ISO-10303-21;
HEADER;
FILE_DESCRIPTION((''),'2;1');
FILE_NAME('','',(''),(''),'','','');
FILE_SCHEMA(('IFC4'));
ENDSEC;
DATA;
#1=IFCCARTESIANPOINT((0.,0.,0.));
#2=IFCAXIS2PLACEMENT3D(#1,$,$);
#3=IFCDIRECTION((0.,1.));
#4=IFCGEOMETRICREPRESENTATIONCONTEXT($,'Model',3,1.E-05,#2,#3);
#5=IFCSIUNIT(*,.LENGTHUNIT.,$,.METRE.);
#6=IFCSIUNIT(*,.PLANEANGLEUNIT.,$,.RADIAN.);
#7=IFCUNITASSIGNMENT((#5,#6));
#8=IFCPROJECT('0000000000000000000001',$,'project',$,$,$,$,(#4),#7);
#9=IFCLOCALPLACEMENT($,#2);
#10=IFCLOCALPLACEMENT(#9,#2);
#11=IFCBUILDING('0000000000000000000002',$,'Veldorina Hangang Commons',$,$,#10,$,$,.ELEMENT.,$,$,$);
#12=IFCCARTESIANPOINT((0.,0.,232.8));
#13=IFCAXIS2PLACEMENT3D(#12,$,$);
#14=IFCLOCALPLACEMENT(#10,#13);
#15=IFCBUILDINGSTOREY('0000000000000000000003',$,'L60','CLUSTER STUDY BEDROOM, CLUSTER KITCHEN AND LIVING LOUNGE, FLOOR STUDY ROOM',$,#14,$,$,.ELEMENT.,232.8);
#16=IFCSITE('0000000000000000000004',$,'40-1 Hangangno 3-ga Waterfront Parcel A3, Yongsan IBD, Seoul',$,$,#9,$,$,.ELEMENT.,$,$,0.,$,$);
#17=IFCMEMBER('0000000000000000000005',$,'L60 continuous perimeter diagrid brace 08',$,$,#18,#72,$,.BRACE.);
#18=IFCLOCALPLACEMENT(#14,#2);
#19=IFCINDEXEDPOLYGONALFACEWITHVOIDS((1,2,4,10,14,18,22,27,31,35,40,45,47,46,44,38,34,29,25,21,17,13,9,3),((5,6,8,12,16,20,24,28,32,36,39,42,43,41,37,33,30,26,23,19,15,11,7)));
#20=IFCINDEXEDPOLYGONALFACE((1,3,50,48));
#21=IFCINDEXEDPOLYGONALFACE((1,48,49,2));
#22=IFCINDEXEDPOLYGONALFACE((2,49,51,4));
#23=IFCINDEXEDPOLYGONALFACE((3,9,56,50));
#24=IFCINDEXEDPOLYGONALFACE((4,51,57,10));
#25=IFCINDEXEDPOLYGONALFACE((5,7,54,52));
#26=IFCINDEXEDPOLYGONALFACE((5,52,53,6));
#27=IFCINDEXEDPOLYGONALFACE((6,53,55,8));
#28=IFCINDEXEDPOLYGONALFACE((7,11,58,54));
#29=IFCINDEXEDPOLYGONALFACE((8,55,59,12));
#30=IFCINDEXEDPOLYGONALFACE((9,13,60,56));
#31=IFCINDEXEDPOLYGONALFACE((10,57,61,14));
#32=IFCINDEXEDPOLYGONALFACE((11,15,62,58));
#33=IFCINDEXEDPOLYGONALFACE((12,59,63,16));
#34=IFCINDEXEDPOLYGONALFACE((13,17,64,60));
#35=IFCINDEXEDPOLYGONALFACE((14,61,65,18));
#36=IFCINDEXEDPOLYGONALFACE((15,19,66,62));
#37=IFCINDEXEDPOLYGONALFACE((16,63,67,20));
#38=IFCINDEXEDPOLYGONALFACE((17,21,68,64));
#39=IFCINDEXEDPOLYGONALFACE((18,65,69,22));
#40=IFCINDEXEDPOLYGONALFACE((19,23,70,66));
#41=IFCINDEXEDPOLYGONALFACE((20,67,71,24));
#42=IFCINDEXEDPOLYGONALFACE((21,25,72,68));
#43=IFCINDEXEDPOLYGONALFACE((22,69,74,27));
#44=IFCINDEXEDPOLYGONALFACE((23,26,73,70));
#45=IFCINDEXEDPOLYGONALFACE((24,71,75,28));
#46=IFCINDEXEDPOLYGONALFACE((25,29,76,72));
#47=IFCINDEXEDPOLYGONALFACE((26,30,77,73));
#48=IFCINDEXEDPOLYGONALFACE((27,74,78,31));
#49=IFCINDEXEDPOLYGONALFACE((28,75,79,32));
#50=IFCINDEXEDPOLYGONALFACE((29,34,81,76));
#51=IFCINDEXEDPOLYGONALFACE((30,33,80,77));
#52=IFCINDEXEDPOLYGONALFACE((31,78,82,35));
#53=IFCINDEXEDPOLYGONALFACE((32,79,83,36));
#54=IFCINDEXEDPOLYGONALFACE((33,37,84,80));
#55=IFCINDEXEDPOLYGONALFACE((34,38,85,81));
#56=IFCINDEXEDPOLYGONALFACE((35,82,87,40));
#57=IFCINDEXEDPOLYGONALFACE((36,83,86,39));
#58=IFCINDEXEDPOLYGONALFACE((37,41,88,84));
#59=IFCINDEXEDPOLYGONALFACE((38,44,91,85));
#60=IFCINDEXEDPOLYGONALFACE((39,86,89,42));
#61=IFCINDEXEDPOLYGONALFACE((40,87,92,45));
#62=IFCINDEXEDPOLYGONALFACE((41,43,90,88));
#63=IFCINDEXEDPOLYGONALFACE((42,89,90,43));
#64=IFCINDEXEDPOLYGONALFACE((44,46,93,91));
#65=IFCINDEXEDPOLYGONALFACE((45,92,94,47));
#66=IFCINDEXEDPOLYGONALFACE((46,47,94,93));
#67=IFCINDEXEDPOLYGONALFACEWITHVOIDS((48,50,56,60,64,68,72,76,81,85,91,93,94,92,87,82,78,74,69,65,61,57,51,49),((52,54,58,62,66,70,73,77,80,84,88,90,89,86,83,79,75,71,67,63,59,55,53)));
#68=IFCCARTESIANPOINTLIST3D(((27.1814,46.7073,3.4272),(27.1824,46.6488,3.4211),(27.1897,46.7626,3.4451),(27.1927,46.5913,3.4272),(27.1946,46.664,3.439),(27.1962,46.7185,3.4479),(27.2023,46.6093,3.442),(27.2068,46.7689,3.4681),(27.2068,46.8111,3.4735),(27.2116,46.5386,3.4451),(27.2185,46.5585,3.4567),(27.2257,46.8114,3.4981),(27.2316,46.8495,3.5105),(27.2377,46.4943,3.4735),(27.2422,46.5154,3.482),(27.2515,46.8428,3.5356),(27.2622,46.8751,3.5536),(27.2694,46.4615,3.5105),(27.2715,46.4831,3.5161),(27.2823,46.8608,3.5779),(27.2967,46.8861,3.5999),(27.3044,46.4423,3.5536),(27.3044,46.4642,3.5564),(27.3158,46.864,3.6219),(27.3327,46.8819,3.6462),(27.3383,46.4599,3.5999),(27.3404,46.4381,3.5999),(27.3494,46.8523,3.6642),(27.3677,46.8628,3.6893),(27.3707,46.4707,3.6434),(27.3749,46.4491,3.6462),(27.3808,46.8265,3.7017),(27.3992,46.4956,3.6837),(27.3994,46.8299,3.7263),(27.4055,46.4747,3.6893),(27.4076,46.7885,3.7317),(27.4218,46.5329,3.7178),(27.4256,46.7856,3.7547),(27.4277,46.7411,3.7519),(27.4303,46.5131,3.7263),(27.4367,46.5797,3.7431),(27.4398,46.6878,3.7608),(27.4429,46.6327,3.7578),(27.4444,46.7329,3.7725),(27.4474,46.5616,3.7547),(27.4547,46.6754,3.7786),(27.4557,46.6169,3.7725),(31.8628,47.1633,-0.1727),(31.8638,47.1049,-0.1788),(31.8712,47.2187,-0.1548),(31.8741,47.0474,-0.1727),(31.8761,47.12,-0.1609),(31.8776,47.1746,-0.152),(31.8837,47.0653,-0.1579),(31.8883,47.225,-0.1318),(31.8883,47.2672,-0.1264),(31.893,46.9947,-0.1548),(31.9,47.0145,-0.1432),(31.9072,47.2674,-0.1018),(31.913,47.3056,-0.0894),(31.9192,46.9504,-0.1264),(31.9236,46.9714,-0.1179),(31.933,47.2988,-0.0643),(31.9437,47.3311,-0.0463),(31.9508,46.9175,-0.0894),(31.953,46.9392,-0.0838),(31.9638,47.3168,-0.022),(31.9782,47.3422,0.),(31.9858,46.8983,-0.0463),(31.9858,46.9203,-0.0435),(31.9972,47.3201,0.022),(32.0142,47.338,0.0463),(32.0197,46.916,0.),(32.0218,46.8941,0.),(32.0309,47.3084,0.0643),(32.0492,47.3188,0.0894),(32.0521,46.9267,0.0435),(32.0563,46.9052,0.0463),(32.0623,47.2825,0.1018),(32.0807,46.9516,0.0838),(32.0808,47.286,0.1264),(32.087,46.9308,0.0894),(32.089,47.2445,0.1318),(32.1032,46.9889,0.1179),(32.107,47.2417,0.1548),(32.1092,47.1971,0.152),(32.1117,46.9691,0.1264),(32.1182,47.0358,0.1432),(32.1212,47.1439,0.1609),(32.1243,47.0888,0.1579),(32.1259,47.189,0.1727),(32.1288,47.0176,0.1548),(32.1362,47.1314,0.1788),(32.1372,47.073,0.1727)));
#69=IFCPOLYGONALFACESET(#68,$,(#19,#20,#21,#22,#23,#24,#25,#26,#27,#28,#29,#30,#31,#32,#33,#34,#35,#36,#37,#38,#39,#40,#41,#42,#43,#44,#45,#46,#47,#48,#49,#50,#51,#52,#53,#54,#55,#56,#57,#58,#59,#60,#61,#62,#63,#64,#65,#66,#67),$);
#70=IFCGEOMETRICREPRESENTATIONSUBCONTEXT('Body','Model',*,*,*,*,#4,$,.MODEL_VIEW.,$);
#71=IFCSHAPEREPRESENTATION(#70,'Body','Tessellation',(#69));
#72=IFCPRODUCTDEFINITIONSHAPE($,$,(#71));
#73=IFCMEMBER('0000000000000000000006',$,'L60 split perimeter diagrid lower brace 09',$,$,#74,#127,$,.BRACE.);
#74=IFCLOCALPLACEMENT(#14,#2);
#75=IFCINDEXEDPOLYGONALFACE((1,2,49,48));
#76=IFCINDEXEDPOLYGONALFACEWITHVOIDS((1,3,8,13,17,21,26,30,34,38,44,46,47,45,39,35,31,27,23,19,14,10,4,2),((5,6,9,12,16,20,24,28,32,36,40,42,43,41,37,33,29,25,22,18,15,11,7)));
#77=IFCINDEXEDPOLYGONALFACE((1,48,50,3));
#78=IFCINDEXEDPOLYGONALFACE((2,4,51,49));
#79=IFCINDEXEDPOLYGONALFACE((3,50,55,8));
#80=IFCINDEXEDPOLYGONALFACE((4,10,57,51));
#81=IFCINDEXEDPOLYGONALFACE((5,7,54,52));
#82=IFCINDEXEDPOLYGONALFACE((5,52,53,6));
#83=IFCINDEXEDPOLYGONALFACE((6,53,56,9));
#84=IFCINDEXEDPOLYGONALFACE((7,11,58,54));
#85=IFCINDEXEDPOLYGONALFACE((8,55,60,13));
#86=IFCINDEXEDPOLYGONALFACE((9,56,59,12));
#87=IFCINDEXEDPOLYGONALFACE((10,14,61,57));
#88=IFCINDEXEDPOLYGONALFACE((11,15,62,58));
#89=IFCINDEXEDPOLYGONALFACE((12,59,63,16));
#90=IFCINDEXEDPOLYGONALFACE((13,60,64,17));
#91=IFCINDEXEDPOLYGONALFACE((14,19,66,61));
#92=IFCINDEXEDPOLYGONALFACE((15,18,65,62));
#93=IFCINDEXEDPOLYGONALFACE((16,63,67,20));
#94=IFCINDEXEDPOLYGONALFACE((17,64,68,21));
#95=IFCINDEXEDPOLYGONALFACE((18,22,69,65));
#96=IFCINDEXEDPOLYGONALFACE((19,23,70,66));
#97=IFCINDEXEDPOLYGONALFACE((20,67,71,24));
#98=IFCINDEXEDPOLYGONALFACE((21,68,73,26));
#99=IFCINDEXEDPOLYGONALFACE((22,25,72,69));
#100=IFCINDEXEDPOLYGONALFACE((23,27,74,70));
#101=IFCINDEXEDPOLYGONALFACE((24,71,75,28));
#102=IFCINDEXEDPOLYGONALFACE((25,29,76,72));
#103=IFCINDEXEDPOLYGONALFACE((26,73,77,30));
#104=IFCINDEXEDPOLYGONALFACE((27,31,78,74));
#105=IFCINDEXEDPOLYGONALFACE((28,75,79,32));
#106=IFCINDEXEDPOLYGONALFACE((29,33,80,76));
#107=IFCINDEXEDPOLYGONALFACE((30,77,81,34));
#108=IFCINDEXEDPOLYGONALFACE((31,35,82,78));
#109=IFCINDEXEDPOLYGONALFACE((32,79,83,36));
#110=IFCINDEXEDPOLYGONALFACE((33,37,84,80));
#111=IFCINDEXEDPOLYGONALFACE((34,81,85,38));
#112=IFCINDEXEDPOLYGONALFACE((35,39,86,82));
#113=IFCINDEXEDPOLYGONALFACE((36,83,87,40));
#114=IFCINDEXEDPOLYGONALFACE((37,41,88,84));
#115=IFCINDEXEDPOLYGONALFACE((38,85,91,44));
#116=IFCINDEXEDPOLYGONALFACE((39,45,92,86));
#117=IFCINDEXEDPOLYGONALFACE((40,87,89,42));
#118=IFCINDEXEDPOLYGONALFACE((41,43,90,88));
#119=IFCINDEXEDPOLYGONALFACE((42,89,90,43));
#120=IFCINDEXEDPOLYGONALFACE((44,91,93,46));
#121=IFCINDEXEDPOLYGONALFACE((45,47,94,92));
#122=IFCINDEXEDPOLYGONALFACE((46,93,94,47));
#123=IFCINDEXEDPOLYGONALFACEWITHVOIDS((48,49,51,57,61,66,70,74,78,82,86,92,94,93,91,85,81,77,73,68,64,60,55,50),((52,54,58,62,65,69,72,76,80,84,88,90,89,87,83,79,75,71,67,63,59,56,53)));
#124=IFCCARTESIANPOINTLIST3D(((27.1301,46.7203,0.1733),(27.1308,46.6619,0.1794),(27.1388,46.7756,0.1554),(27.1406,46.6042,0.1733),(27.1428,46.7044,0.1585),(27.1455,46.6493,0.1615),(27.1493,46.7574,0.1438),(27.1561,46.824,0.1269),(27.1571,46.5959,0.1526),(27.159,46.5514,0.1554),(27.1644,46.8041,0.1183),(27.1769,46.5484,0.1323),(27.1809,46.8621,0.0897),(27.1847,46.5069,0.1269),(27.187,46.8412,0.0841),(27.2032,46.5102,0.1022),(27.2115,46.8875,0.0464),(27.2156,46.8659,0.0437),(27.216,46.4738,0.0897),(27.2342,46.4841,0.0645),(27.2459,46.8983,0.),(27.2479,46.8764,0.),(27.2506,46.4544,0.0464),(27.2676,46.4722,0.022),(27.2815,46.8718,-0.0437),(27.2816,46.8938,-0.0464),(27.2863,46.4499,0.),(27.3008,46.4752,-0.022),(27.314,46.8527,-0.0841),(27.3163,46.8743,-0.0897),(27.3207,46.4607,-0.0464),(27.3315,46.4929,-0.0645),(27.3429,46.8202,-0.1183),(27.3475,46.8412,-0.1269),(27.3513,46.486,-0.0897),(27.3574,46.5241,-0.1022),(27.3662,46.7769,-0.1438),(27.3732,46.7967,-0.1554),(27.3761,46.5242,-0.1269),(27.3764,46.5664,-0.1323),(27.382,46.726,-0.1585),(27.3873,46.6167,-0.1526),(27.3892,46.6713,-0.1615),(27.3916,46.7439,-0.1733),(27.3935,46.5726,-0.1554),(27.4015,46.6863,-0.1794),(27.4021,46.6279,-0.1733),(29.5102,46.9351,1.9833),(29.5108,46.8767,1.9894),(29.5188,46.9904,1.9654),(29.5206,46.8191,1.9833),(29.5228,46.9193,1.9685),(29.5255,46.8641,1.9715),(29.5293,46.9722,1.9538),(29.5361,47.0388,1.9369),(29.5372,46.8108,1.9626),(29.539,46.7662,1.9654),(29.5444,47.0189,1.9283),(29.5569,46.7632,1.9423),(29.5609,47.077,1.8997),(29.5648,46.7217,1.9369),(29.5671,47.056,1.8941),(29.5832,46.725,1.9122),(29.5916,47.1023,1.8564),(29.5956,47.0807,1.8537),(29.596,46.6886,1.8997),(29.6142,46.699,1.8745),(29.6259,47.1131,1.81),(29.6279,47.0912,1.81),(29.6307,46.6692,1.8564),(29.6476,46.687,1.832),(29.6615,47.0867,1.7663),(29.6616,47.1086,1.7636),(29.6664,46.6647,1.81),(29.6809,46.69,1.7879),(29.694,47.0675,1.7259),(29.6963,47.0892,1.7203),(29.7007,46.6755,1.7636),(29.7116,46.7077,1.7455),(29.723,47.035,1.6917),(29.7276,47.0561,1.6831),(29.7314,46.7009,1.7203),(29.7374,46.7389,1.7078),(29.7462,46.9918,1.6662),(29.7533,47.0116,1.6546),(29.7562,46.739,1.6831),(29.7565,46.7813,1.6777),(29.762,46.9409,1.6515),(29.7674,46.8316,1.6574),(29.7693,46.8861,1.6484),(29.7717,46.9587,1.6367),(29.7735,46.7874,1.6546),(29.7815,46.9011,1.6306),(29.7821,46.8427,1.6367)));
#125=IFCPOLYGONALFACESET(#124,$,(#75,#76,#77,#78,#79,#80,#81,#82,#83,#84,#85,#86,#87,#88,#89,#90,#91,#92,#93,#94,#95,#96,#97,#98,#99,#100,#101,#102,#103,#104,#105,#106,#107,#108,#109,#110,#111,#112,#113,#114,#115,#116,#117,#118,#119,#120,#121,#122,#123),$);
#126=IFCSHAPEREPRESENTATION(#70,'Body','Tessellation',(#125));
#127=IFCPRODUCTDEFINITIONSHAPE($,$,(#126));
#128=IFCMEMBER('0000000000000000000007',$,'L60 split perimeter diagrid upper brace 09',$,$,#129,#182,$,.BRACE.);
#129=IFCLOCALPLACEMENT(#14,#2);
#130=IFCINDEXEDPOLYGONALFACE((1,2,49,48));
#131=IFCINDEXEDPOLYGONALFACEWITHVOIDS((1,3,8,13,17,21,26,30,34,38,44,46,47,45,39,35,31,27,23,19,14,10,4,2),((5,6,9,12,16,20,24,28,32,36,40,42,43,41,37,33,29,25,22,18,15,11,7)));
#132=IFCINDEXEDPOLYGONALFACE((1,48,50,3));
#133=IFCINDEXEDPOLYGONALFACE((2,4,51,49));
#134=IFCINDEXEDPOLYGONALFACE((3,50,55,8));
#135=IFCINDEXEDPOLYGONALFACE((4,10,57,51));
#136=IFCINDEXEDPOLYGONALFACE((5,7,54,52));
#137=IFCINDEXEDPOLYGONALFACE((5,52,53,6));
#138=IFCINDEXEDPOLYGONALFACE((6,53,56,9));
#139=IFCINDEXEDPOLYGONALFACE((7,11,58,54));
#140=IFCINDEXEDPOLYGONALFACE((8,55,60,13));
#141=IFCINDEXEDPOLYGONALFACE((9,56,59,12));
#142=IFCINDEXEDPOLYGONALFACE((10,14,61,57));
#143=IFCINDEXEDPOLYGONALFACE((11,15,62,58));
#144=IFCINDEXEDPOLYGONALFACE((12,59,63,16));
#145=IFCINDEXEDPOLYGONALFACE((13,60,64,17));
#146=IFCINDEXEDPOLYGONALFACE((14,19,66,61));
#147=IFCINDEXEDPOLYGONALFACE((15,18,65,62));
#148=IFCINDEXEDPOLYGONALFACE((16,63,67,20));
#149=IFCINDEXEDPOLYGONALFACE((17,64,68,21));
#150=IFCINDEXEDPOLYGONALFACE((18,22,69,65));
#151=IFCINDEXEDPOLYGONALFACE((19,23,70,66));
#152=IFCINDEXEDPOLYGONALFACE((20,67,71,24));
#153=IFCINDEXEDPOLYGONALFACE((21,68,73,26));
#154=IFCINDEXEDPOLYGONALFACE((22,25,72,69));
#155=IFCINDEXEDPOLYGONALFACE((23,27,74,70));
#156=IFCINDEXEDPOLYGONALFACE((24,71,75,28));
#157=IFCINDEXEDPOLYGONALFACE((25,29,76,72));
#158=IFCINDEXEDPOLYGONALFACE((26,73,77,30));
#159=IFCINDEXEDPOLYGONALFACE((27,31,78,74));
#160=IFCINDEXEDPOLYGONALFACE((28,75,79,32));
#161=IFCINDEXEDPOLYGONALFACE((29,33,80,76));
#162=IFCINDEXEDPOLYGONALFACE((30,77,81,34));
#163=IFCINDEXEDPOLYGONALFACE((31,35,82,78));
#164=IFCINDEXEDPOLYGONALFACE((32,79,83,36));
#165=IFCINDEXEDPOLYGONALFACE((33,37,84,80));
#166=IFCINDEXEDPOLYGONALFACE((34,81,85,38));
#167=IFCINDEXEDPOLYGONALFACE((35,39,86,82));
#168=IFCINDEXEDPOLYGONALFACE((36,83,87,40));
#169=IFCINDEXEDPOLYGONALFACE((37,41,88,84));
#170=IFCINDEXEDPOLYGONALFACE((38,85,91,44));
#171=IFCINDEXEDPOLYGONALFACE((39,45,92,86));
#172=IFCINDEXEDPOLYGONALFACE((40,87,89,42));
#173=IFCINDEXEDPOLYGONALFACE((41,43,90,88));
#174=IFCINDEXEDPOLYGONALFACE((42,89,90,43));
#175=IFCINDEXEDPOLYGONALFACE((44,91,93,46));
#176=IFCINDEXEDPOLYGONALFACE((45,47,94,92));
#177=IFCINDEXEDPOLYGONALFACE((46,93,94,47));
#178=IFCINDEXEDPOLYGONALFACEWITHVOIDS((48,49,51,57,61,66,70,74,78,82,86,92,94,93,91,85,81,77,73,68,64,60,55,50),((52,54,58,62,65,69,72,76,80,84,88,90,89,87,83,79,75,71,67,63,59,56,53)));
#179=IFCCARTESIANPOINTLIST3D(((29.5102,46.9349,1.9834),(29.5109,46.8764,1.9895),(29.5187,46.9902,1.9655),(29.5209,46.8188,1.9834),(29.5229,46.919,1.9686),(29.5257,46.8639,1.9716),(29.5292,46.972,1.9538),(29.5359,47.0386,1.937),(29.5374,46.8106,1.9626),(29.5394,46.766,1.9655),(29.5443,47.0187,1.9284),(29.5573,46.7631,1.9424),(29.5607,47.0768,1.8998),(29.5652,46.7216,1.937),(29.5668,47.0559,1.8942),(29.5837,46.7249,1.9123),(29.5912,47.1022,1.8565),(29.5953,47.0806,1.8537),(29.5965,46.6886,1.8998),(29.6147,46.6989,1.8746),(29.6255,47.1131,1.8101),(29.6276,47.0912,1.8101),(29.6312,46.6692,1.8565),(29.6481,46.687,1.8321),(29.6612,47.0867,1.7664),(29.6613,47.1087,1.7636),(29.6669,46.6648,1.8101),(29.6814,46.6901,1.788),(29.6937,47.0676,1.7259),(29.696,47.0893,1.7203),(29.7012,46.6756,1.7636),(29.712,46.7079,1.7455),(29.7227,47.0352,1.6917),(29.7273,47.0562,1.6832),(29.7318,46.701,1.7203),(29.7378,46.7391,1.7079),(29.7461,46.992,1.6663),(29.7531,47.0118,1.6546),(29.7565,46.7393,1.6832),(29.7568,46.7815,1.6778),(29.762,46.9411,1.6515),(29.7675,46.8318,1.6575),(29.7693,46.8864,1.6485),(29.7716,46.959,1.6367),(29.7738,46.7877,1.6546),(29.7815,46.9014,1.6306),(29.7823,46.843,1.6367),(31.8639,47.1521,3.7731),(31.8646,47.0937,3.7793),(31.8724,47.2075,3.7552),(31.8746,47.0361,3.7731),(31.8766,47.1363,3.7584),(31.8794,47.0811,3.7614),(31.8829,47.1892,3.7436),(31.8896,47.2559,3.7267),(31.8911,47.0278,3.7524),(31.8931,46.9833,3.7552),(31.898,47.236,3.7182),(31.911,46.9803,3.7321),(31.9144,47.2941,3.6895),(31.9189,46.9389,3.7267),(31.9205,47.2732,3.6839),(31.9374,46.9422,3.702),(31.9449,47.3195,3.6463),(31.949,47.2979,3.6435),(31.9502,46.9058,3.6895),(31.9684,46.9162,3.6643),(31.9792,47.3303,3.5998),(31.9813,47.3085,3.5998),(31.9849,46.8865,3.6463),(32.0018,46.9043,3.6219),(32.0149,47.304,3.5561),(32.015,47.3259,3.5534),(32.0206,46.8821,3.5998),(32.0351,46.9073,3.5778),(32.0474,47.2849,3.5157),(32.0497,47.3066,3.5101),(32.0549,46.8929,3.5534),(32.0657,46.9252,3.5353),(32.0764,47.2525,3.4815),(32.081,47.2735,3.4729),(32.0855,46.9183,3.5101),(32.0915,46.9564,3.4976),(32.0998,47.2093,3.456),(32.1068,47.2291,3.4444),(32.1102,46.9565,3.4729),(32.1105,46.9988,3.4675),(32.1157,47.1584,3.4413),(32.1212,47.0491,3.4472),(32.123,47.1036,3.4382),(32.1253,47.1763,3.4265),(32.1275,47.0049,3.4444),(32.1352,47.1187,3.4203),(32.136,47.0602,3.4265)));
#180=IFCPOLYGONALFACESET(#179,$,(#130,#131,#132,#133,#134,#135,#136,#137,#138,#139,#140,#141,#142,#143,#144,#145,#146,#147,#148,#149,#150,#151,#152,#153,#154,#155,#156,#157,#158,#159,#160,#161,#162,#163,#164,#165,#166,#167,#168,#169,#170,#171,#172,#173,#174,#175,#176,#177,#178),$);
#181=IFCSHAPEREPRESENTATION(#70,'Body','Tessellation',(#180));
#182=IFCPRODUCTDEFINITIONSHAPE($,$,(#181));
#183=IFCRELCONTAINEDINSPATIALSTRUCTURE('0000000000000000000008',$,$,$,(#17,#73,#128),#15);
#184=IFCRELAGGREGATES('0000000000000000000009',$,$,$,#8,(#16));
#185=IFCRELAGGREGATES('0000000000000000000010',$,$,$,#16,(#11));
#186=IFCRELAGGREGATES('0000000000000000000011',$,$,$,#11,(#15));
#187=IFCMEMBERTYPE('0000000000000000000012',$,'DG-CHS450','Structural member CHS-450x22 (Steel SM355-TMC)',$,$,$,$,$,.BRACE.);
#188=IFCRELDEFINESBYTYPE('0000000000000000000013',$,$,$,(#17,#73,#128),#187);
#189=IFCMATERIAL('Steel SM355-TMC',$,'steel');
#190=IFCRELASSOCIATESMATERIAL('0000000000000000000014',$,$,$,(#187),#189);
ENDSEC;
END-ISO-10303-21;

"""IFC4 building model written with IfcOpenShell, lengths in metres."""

from ifc_helpers import new_model, si_unit, direction, frame, origin, origin_2d, place, context, subcontext, project, spatial, hollow_circle, extrude, material, material_profile, profile_set, type_object, element, save


model = new_model("IFC4")

# Units and contexts
model_context = context("Model", 3, precision=1e-05, world=origin(), true_north=direction((0.0, 1.0)))
body_context = subcontext(model_context, "Body", "Model", "MODEL_VIEW")
ifc_project = project(units=[si_unit("LENGTHUNIT", "METRE"), si_unit("PLANEANGLEUNIT", "RADIAN")], contexts=[model_context])

# Site, building, storey
site_placement = place(None, origin())
site = spatial("IfcSite", under=ifc_project, at=site_placement, Name="40-1 Hangangno 3-ga Waterfront Parcel A3, Yongsan IBD, Seoul", CompositionType="ELEMENT", RefElevation=0.0)
building_placement = place(site_placement, origin())
building = spatial("IfcBuilding", under=site, at=building_placement, Name="Veldorina Hangang Commons", CompositionType="ELEMENT")
storey_placement = place(building_placement, frame((0.0, 0.0, 232.8)))
storey = spatial("IfcBuildingStorey", under=building, at=storey_placement, Name="L60", Description="CLUSTER STUDY BEDROOM, CLUSTER KITCHEN AND LIVING LOUNGE, FLOOR STUDY ROOM", CompositionType="ELEMENT", Elevation=232.8)

# Shared definitions
ifc_material_1 = material(Name="Steel SM355-TMC", Category="steel")

# Members
ifc_material_profile_1 = material_profile(ifc_material_1, hollow_circle(Radius=0.2251, WallThickness=0.022, at=origin_2d()), Name="CHS-450x22")
ifc_profile_set_1 = profile_set([ifc_material_profile_1], Name="Steel SM355-TMC")
member_type_1 = type_object("IfcMemberType", Name="DG-CHS450", Description="Structural member CHS-450x22 (Steel SM355-TMC)", PredefinedType="BRACE", material=ifc_profile_set_1)
member_1_placement = place(storey_placement, frame((32.0, 47.1182, 0.0), z_axis=(-0.790371, -0.076997, 0.607771), x_axis=(0.09696, -0.995288, 0.0)))
element("IfcMember", 1, at=member_1_placement, inside=storey, type_object=member_type_1, Name="L60 continuous perimeter diagrid brace 08", PredefinedType="BRACE", context=body_context, shape_type="SweptSolid", body=[
    extrude(hollow_circle(Radius=0.2251, WallThickness=0.022, at=origin_2d()), origin(), (0.0, 0.0, 1.0), 5.9231),
])
member_2_placement = place(storey_placement, frame((27.2661, 46.6741, 0.0), z_axis=(0.793928, 0.071664, 0.603773), x_axis=(-0.0899, 0.995951, 0.0)))
element("IfcMember", 2, at=member_2_placement, inside=storey, type_object=member_type_1, Name="L60 split perimeter diagrid lower brace 09", PredefinedType="BRACE", context=body_context, shape_type="SweptSolid", body=[
    extrude(hollow_circle(Radius=0.2251, WallThickness=0.022, at=origin_2d()), origin(), (0.0, 0.0, 1.0), 2.9978),
])
member_3_placement = place(storey_placement, frame((29.6462, 46.8889, 1.8101), z_axis=(0.793869, 0.073285, 0.603657), x_axis=(-0.091923, 0.995766, 0.0)))
element("IfcMember", 3, at=member_3_placement, inside=storey, type_object=member_type_1, Name="L60 split perimeter diagrid upper brace 09", PredefinedType="BRACE", context=body_context, shape_type="SweptSolid", body=[
    extrude(hollow_circle(Radius=0.2251, WallThickness=0.022, at=origin_2d()), origin(), (0.0, 0.0, 1.0), 2.9648),
])

save(model, "model.ifc")
